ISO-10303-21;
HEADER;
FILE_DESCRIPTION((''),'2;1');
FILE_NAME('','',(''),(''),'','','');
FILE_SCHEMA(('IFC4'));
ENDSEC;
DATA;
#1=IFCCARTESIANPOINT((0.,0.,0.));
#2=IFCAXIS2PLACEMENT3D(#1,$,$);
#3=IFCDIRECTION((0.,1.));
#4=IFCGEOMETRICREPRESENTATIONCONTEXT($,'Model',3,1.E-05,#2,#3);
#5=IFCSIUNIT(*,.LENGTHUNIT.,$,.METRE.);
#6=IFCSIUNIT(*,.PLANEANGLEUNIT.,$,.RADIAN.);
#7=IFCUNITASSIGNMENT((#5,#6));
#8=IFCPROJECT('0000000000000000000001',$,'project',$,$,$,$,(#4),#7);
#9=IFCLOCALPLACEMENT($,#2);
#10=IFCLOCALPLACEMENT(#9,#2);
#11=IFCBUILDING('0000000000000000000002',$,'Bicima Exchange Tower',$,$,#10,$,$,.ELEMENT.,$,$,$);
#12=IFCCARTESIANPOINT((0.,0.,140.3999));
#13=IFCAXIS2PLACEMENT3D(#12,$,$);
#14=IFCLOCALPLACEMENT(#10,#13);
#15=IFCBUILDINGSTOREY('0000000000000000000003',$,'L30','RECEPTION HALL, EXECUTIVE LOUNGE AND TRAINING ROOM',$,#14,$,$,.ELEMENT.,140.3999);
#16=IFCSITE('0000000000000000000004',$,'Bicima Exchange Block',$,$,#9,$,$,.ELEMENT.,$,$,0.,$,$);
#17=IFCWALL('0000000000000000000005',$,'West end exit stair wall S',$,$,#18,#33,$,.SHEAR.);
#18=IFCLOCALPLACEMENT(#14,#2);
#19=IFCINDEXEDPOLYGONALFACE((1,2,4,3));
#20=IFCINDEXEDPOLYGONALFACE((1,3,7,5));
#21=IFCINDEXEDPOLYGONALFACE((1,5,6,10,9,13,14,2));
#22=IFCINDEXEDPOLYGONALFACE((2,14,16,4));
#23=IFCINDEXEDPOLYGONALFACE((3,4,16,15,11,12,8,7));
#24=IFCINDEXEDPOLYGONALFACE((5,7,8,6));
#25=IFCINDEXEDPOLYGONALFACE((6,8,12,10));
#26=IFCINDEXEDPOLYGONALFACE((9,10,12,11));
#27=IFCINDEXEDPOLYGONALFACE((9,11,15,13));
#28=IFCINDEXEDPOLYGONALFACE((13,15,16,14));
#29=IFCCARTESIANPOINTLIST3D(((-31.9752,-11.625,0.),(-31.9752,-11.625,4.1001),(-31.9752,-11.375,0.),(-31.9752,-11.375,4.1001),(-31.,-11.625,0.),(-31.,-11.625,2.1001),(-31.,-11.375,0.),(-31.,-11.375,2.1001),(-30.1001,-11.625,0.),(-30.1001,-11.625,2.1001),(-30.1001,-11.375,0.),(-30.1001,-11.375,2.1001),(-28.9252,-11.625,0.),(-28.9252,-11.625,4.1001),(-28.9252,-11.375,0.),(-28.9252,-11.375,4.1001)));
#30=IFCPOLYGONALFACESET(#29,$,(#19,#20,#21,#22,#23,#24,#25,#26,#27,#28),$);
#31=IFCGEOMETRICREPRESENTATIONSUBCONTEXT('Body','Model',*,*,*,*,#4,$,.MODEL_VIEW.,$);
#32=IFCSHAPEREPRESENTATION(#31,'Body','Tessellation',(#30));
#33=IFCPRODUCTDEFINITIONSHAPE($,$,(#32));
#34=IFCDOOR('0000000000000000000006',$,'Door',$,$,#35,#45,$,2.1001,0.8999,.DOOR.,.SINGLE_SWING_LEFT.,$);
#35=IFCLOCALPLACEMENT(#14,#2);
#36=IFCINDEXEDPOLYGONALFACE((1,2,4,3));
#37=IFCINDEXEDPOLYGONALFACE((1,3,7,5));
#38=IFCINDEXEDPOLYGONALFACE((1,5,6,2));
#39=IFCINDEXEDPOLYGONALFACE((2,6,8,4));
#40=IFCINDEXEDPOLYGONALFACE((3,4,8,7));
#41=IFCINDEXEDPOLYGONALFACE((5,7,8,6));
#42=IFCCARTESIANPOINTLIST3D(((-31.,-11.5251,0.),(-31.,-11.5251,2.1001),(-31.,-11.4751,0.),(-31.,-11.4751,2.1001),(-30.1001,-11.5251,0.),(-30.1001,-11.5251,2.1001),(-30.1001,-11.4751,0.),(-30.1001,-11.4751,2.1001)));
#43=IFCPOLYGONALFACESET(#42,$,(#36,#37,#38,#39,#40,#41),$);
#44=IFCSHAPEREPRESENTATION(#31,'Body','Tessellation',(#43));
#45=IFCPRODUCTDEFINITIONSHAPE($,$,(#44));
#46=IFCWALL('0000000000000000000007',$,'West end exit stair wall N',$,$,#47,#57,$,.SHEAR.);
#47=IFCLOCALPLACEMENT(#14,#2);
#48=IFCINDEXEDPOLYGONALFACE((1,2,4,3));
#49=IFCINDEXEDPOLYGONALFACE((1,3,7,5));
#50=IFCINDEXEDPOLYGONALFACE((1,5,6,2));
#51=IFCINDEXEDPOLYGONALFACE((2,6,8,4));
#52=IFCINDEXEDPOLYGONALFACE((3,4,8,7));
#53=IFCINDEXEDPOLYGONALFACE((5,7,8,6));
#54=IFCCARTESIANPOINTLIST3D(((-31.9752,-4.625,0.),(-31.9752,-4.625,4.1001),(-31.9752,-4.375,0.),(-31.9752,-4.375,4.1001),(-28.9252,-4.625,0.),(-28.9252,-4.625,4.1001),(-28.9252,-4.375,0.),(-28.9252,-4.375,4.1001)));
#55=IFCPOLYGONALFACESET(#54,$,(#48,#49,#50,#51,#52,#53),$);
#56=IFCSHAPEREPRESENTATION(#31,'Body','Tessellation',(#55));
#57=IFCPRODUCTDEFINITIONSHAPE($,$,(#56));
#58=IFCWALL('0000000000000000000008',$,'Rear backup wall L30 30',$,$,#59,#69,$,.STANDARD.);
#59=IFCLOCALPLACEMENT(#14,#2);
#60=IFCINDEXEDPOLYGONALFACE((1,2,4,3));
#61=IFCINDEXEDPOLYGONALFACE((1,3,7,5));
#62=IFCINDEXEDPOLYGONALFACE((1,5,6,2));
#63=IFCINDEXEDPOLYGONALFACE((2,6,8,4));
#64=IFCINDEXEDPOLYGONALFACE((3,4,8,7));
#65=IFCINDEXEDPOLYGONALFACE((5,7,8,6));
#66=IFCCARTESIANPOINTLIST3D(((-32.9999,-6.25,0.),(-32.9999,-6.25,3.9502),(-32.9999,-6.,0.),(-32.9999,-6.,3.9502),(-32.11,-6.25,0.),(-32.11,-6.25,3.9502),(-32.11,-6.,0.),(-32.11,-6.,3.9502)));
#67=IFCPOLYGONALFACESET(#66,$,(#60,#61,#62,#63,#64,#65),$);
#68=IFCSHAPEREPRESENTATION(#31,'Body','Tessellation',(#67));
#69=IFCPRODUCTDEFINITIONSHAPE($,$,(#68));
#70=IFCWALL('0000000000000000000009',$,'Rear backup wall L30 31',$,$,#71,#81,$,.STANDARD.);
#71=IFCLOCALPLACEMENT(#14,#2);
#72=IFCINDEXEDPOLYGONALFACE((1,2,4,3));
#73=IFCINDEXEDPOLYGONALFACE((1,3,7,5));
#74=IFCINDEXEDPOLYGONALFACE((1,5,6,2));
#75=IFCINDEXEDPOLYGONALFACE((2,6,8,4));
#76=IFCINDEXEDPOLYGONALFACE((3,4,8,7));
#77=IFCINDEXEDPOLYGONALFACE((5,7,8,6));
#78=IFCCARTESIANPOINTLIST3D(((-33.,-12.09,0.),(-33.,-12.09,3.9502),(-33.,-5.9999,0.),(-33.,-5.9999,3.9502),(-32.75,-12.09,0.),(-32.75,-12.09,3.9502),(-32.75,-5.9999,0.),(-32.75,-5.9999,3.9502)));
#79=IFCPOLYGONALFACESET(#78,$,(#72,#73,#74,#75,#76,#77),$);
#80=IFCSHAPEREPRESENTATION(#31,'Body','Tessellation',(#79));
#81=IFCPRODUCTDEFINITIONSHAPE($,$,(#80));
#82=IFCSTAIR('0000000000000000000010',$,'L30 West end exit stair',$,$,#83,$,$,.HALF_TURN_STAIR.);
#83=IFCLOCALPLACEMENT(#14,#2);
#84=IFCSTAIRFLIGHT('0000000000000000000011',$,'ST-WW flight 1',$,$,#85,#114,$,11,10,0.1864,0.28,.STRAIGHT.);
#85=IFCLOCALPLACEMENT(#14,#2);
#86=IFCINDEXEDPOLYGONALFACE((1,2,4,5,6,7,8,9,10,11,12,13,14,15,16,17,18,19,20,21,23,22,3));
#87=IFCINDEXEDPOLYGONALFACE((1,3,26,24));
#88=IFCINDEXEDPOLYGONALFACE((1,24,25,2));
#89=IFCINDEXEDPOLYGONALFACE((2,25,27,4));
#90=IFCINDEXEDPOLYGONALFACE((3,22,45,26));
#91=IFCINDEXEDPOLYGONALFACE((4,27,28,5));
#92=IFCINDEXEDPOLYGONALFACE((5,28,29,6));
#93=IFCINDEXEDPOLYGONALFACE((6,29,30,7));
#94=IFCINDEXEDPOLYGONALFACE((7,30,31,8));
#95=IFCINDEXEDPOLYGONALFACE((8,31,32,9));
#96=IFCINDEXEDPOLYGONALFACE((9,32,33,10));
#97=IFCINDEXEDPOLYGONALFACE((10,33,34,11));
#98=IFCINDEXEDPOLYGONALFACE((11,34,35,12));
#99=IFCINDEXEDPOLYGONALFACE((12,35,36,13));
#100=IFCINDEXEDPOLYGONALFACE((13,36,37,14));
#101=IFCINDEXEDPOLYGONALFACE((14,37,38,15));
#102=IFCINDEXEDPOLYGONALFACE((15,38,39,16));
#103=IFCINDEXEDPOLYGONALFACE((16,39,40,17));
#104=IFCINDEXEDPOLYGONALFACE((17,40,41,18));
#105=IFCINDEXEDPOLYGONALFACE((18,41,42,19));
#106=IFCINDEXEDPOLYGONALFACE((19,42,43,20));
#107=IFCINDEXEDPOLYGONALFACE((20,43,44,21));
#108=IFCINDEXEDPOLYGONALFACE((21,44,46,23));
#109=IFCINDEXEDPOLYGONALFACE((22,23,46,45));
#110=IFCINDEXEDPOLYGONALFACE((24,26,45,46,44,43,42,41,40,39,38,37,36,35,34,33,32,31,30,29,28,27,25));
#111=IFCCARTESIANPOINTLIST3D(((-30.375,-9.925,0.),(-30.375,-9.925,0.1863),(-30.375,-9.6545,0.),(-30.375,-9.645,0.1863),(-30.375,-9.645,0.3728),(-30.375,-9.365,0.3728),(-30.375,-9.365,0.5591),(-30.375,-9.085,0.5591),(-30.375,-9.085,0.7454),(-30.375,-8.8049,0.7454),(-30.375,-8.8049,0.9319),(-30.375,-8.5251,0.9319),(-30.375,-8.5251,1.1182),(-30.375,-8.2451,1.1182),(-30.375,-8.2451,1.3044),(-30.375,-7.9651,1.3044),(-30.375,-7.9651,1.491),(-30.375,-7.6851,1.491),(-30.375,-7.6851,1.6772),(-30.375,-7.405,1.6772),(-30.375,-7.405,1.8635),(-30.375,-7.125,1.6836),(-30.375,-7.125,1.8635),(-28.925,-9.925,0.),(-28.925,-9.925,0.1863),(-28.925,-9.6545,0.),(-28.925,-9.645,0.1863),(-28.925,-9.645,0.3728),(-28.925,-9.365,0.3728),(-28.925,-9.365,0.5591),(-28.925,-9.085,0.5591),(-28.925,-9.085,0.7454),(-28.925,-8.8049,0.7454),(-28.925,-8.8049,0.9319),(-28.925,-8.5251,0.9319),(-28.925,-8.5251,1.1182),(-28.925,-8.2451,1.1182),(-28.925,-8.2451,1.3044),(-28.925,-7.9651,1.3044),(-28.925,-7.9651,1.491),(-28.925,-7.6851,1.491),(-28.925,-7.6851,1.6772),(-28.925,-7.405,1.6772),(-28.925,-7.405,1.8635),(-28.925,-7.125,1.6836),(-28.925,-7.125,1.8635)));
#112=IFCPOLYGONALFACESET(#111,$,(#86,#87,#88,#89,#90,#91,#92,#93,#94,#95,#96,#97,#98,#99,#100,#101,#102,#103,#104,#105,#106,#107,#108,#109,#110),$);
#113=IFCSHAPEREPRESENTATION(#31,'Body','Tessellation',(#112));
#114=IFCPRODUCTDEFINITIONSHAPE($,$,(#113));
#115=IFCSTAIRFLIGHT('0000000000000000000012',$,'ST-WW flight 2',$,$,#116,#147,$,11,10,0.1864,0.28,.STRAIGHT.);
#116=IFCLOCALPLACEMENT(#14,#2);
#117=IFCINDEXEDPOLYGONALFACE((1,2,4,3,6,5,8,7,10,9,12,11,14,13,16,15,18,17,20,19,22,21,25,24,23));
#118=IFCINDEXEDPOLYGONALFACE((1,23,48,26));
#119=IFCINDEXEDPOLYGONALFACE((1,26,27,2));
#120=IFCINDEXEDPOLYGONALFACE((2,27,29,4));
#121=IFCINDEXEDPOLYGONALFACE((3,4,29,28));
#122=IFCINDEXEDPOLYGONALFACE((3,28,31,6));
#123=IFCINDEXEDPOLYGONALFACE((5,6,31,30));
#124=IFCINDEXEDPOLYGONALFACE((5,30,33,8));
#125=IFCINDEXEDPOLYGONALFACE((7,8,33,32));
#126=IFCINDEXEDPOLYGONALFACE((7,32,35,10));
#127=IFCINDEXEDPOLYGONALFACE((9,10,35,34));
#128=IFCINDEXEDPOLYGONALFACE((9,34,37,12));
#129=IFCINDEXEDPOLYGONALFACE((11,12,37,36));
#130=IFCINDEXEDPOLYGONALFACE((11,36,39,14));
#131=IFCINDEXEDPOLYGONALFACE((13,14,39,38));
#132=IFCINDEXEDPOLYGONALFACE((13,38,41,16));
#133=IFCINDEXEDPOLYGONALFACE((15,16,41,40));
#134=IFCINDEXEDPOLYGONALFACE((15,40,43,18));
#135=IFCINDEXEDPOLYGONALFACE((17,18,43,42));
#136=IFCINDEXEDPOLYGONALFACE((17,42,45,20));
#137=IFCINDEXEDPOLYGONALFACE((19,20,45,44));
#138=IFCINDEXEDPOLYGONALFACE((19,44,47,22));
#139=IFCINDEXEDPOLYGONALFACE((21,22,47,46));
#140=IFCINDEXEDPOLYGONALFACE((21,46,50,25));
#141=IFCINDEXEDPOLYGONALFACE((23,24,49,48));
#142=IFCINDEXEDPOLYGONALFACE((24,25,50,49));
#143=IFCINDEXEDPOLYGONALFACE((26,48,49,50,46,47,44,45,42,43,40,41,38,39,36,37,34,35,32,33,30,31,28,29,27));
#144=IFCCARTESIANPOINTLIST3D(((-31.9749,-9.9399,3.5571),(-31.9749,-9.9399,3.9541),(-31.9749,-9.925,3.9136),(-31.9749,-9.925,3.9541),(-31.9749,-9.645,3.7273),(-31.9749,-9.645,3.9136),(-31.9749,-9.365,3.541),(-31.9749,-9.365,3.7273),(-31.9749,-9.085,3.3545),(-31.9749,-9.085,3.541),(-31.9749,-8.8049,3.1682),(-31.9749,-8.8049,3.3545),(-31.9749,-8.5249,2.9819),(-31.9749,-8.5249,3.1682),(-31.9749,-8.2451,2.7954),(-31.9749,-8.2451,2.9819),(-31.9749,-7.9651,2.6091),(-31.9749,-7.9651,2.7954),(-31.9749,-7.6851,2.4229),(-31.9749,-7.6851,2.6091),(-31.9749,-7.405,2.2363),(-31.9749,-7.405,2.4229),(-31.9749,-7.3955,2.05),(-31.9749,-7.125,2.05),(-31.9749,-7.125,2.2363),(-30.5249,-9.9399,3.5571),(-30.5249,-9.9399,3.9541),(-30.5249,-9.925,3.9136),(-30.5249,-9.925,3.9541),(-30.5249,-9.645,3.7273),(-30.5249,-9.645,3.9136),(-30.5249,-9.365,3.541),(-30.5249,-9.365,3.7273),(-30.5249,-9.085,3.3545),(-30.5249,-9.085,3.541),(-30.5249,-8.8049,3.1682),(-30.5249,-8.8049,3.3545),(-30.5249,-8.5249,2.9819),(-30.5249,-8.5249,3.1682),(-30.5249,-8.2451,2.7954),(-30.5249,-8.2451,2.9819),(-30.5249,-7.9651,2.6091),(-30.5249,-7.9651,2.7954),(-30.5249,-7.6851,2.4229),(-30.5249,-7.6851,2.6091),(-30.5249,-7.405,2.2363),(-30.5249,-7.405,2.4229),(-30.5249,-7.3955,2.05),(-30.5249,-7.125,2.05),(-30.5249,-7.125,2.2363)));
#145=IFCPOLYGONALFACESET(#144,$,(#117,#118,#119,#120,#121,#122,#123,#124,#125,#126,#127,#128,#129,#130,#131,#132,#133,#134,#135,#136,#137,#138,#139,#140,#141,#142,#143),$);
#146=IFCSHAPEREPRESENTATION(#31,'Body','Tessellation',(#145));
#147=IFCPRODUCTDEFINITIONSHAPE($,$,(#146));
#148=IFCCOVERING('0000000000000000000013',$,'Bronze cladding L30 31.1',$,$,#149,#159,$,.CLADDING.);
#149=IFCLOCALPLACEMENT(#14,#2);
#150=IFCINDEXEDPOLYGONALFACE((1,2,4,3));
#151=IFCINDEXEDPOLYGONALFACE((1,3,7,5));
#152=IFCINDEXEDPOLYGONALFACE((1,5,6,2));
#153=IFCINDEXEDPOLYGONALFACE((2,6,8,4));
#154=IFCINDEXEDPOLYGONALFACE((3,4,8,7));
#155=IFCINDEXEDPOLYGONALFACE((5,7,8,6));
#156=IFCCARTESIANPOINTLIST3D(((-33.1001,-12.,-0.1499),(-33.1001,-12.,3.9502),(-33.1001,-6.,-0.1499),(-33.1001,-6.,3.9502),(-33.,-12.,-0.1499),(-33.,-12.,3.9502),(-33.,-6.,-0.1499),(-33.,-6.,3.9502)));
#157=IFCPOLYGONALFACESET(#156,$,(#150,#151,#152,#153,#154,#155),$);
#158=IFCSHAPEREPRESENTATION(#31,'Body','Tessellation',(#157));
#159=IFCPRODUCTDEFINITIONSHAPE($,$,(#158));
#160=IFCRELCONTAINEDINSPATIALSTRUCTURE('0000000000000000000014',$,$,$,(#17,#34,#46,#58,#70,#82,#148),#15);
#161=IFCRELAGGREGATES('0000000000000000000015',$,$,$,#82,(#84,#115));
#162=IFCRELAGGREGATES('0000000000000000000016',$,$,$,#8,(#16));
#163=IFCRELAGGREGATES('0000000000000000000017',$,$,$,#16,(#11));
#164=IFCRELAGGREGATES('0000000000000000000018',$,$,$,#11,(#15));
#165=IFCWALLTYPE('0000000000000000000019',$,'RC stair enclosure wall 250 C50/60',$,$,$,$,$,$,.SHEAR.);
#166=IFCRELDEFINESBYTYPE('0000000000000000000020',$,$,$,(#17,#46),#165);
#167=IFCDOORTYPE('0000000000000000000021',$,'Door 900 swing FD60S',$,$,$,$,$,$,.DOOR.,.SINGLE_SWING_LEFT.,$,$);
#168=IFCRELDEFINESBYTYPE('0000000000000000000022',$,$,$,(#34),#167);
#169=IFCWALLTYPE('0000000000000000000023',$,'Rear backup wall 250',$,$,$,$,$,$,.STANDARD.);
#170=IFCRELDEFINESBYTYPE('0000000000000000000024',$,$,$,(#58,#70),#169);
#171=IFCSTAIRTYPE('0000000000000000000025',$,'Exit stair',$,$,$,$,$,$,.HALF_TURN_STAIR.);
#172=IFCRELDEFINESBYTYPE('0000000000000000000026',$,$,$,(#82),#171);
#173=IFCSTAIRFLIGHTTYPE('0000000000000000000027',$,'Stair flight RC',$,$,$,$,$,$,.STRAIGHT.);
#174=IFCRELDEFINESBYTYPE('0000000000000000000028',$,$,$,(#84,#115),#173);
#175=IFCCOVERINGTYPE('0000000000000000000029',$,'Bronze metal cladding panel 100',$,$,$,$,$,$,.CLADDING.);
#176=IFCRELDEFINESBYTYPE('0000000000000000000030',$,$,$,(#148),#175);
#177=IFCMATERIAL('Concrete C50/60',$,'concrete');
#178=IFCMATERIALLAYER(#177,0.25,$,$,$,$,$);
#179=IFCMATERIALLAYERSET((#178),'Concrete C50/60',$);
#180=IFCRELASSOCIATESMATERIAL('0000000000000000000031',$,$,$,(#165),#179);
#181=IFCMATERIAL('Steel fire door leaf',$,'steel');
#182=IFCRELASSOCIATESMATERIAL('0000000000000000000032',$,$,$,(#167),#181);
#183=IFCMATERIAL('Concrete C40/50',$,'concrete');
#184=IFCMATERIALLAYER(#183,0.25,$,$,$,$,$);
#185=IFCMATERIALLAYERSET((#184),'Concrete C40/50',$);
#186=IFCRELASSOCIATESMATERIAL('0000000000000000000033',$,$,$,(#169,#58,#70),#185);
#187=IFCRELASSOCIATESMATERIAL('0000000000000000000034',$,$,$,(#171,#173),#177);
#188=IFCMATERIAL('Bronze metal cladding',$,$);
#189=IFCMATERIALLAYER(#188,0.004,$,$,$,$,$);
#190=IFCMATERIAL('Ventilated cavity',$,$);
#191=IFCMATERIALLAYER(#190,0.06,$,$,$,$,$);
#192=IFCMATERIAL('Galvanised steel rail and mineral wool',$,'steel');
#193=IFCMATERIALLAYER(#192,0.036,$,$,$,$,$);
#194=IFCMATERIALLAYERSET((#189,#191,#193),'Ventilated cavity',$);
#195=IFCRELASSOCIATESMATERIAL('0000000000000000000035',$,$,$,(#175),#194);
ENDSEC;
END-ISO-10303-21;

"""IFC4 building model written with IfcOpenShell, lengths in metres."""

from ifc_helpers import new_model, si_unit, direction, frame, frame_2d, origin, origin_2d, place, context, subcontext, project, spatial, polyline, rectangle, outline, extrude, material, layer, layer_set, layer_usage, type_object, element, fill, aggregate, save


model = new_model("IFC4")

# Units and contexts
model_context = context("Model", 3, precision=1e-05, world=origin(), true_north=direction((0.0, 1.0)))
body_context = subcontext(model_context, "Body", "Model", "MODEL_VIEW")
ifc_project = project(units=[si_unit("LENGTHUNIT", "METRE"), si_unit("PLANEANGLEUNIT", "RADIAN")], contexts=[model_context])

# Site, building, storey
site_placement = place(None, origin())
site = spatial("IfcSite", under=ifc_project, at=site_placement, Name="Bicima Exchange Block", CompositionType="ELEMENT", RefElevation=0.0)
building_placement = place(site_placement, origin())
building = spatial("IfcBuilding", under=site, at=building_placement, Name="Bicima Exchange Tower", CompositionType="ELEMENT")
storey_placement = place(building_placement, frame((0.0, 0.0, 140.3999)))
storey = spatial("IfcBuildingStorey", under=building, at=storey_placement, Name="L30", Description="RECEPTION HALL, EXECUTIVE LOUNGE AND TRAINING ROOM", CompositionType="ELEMENT", Elevation=140.3999)

# Shared definitions
ifc_material_1 = material(Name="Concrete C50/60", Category="concrete")
ifc_layer_1 = layer(ifc_material_1, 0.25)
ifc_layer_set_1 = layer_set([ifc_layer_1], Name="Concrete C50/60")
wall_type_1 = type_object("IfcWallType", Name="RC stair enclosure wall 250 C50/60", PredefinedType="SHEAR", material=ifc_layer_set_1)

# Wall, opening, door
wall_1_placement = place(storey_placement, frame((-31.9751, -11.5, 0.0), z_axis=(0.0, 0.0, 1.0), x_axis=(1.0, 0.0, 0.0)))
wall_1 = element("IfcWall", 1, at=wall_1_placement, inside=storey, type_object=wall_type_1, Name="West end exit stair wall S", PredefinedType="SHEAR", context=body_context, shape_type="SweptSolid", body=[
    extrude(rectangle(XDim=3.05, YDim=0.25, at=frame_2d((1.5249, 0.0))), origin(), (0.0, 0.0, 1.0), 4.1001),
])
opening_placement = place(wall_1_placement, frame((0.9751, 0.0, 0.0)))
opening = element("IfcOpeningElement", 2, at=opening_placement, cuts=wall_1, PredefinedType="OPENING", context=body_context, shape_type="SweptSolid", body=[
    extrude(rectangle(XDim=0.8999, YDim=2.1001, at=frame_2d((0.45, 1.05))), frame((0.0, 0.137, 0.0), z_axis=(0.0, -1.0, 0.0), x_axis=(1.0, 0.0, 0.0)), (0.0, 0.0, 1.0), 0.2739),
])
ifc_material_2 = material(Name="Steel fire door leaf", Category="steel")
door_type = type_object("IfcDoorType", Name="Door 900 swing FD60S", OperationType="SINGLE_SWING_LEFT", PredefinedType="DOOR", material=ifc_material_2)
door_placement = place(opening_placement, origin())
door = element("IfcDoor", 3, at=door_placement, inside=storey, type_object=door_type, Name="Door", OperationType="SINGLE_SWING_LEFT", OverallHeight=2.1001, OverallWidth=0.8999, PredefinedType="DOOR", context=body_context, shape_type="SweptSolid", body=[
    extrude(rectangle(XDim=0.8999, YDim=2.1001, at=frame_2d((0.45, 1.05))), frame((0.0, 0.0249, 0.0), z_axis=(0.0, -1.0, 0.0), x_axis=(1.0, 0.0, 0.0)), (0.0, 0.0, 1.0), 0.05),
])
fill(opening, door)

# Walls
wall_2_placement = place(storey_placement, frame((-31.9751, -4.5, 0.0), z_axis=(0.0, 0.0, 1.0), x_axis=(1.0, 0.0, 0.0)))
element("IfcWall", 4, at=wall_2_placement, inside=storey, type_object=wall_type_1, Name="West end exit stair wall N", PredefinedType="SHEAR", context=body_context, shape_type="SweptSolid", body=[
    extrude(rectangle(XDim=3.05, YDim=0.25, at=frame_2d((1.5249, 0.0))), origin(), (0.0, 0.0, 1.0), 4.1001),
])
ifc_material_3 = material(Name="Concrete C40/50", Category="concrete")
ifc_layer_2 = layer(ifc_material_3, 0.25)
ifc_layer_set_2 = layer_set([ifc_layer_2], Name="Concrete C40/50")
ifc_layer_usage = layer_usage(ifc_layer_set_2, "AXIS2", "POSITIVE", -0.125)
wall_type_2 = type_object("IfcWallType", Name="Rear backup wall 250", PredefinedType="STANDARD", material=ifc_layer_set_2)
wall_3_placement = place(storey_placement, frame((-32.1101, -6.125, 0.0), z_axis=(0.0, 0.0, 1.0), x_axis=(-1.0, 0.0, 0.0)))
element("IfcWall", 5, at=wall_3_placement, inside=storey, type_object=wall_type_2, material=ifc_layer_usage, Name="Rear backup wall L30 30", PredefinedType="STANDARD", context=body_context, shape_type="SweptSolid", body=[
    extrude(rectangle(XDim=0.8899, YDim=0.25, at=frame_2d((0.4448, 0.0))), origin(), (0.0, 0.0, 1.0), 3.9502),
])
wall_4_placement = place(storey_placement, frame((-32.875, -6.0, 0.0), z_axis=(0.0, 0.0, 1.0), x_axis=(0.0, -1.0, 0.0)))
element("IfcWall", 6, at=wall_4_placement, inside=storey, type_object=wall_type_2, material=ifc_layer_usage, Name="Rear backup wall L30 31", PredefinedType="STANDARD", context=body_context, shape_type="SweptSolid", body=[
    extrude(rectangle(XDim=6.0901, YDim=0.25, at=frame_2d((3.0449, 0.0))), origin(), (0.0, 0.0, 1.0), 3.9502),
])

# Stair, stair flights
stair_type = type_object("IfcStairType", Name="Exit stair", PredefinedType="HALF_TURN_STAIR", material=ifc_material_1)
stair_placement = place(storey_placement, origin())
stair = element("IfcStair", 7, at=stair_placement, inside=storey, type_object=stair_type, Name="L30 West end exit stair", PredefinedType="HALF_TURN_STAIR")
stair_flight_type = type_object("IfcStairFlightType", Name="Stair flight RC", PredefinedType="STRAIGHT", material=ifc_material_1)
stair_flight_1_placement = place(storey_placement, frame((-29.6499, -9.925, 0.0), z_axis=(0.0, 0.0, 1.0), x_axis=(0.0, 1.0, 0.0)))
stair_flight_1 = element("IfcStairFlight", 8, at=stair_flight_1_placement, type_object=stair_flight_type, Name="ST-WW flight 1", NumberOfRisers=11, NumberOfTreads=10, PredefinedType="STRAIGHT", RiserHeight=0.1864, TreadLength=0.28, context=body_context, shape_type="SweptSolid", body=[
    extrude(outline(polyline([(0.0, 0.0), (0.0, 0.1863), (0.28, 0.1863), (0.28, 0.3728), (0.5601, 0.3728), (0.5601, 0.5591), (0.8401, 0.5591), (0.8401, 0.7454), (1.1201, 0.7454), (1.1201, 0.9319), (1.3999, 0.9319), (1.3999, 1.1182), (1.6799, 1.1182), (1.6799, 1.3044), (1.96, 1.3044), (1.96, 1.491), (2.24, 1.491), (2.24, 1.6772), (2.52, 1.6772), (2.52, 1.8635), (2.8, 1.8635), (2.8, 2.05), (2.8, 1.6836), (0.2705, 0.0), (0.0, 0.0)])), frame((0.0, 0.7251, 0.0), z_axis=(0.0, -1.0, 0.0), x_axis=(1.0, 0.0, 0.0)), (0.0, 0.0, 1.0), 1.45),
])
stair_flight_2_placement = place(storey_placement, frame((-31.25, -7.125, 2.05), z_axis=(0.0, 0.0, 1.0), x_axis=(0.0, -1.0, 0.0)))
stair_flight_2 = element("IfcStairFlight", 9, at=stair_flight_2_placement, type_object=stair_flight_type, Name="ST-WW flight 2", NumberOfRisers=11, NumberOfTreads=10, PredefinedType="STRAIGHT", RiserHeight=0.1864, TreadLength=0.28, context=body_context, shape_type="SweptSolid", body=[
    extrude(outline(polyline([(0.0, 0.0), (0.0, 0.1863), (0.28, 0.1863), (0.28, 0.3728), (0.5601, 0.3728), (0.5601, 0.5591), (0.8401, 0.5591), (0.8401, 0.7454), (1.1201, 0.7454), (1.1201, 0.9319), (1.3999, 0.9319), (1.3999, 1.1182), (1.6799, 1.1182), (1.6799, 1.3044), (1.96, 1.3044), (1.96, 1.491), (2.24, 1.491), (2.24, 1.6772), (2.52, 1.6772), (2.52, 1.8635), (2.8, 1.8635), (2.8, 1.9041), (2.8149, 1.9041), (2.8149, 1.5071), (0.2705, 0.0), (0.0, 0.0)])), frame((0.0, 0.7251, 0.0), z_axis=(0.0, -1.0, 0.0), x_axis=(1.0, 0.0, 0.0)), (0.0, 0.0, 1.0), 1.45),
])
aggregate(stair, [stair_flight_1, stair_flight_2])

# Covering
ifc_material_4 = material(Name="Bronze metal cladding")
ifc_layer_3 = layer(ifc_material_4, 0.004)
ifc_material_5 = material(Name="Ventilated cavity")
ifc_layer_4 = layer(ifc_material_5, 0.06)
ifc_material_6 = material(Name="Galvanised steel rail and mineral wool", Category="steel")
ifc_layer_5 = layer(ifc_material_6, 0.036)
ifc_layer_set_3 = layer_set([ifc_layer_3, ifc_layer_4, ifc_layer_5], Name="Ventilated cavity")
covering_type = type_object("IfcCoveringType", Name="Bronze metal cladding panel 100", PredefinedType="CLADDING", material=ifc_layer_set_3)
covering_placement = place(storey_placement, frame((-33.05, -9.0, -0.1499), z_axis=(0.0, 0.0, 1.0), x_axis=(0.0, -1.0, 0.0)))
element("IfcCovering", 10, at=covering_placement, inside=storey, type_object=covering_type, Name="Bronze cladding L30 31.1", PredefinedType="CLADDING", context=body_context, shape_type="SweptSolid", body=[
    extrude(rectangle(XDim=6.0, YDim=0.1001, at=origin_2d()), origin(), (0.0, 0.0, 1.0), 4.1001),
])

save(model, "model.ifc")
